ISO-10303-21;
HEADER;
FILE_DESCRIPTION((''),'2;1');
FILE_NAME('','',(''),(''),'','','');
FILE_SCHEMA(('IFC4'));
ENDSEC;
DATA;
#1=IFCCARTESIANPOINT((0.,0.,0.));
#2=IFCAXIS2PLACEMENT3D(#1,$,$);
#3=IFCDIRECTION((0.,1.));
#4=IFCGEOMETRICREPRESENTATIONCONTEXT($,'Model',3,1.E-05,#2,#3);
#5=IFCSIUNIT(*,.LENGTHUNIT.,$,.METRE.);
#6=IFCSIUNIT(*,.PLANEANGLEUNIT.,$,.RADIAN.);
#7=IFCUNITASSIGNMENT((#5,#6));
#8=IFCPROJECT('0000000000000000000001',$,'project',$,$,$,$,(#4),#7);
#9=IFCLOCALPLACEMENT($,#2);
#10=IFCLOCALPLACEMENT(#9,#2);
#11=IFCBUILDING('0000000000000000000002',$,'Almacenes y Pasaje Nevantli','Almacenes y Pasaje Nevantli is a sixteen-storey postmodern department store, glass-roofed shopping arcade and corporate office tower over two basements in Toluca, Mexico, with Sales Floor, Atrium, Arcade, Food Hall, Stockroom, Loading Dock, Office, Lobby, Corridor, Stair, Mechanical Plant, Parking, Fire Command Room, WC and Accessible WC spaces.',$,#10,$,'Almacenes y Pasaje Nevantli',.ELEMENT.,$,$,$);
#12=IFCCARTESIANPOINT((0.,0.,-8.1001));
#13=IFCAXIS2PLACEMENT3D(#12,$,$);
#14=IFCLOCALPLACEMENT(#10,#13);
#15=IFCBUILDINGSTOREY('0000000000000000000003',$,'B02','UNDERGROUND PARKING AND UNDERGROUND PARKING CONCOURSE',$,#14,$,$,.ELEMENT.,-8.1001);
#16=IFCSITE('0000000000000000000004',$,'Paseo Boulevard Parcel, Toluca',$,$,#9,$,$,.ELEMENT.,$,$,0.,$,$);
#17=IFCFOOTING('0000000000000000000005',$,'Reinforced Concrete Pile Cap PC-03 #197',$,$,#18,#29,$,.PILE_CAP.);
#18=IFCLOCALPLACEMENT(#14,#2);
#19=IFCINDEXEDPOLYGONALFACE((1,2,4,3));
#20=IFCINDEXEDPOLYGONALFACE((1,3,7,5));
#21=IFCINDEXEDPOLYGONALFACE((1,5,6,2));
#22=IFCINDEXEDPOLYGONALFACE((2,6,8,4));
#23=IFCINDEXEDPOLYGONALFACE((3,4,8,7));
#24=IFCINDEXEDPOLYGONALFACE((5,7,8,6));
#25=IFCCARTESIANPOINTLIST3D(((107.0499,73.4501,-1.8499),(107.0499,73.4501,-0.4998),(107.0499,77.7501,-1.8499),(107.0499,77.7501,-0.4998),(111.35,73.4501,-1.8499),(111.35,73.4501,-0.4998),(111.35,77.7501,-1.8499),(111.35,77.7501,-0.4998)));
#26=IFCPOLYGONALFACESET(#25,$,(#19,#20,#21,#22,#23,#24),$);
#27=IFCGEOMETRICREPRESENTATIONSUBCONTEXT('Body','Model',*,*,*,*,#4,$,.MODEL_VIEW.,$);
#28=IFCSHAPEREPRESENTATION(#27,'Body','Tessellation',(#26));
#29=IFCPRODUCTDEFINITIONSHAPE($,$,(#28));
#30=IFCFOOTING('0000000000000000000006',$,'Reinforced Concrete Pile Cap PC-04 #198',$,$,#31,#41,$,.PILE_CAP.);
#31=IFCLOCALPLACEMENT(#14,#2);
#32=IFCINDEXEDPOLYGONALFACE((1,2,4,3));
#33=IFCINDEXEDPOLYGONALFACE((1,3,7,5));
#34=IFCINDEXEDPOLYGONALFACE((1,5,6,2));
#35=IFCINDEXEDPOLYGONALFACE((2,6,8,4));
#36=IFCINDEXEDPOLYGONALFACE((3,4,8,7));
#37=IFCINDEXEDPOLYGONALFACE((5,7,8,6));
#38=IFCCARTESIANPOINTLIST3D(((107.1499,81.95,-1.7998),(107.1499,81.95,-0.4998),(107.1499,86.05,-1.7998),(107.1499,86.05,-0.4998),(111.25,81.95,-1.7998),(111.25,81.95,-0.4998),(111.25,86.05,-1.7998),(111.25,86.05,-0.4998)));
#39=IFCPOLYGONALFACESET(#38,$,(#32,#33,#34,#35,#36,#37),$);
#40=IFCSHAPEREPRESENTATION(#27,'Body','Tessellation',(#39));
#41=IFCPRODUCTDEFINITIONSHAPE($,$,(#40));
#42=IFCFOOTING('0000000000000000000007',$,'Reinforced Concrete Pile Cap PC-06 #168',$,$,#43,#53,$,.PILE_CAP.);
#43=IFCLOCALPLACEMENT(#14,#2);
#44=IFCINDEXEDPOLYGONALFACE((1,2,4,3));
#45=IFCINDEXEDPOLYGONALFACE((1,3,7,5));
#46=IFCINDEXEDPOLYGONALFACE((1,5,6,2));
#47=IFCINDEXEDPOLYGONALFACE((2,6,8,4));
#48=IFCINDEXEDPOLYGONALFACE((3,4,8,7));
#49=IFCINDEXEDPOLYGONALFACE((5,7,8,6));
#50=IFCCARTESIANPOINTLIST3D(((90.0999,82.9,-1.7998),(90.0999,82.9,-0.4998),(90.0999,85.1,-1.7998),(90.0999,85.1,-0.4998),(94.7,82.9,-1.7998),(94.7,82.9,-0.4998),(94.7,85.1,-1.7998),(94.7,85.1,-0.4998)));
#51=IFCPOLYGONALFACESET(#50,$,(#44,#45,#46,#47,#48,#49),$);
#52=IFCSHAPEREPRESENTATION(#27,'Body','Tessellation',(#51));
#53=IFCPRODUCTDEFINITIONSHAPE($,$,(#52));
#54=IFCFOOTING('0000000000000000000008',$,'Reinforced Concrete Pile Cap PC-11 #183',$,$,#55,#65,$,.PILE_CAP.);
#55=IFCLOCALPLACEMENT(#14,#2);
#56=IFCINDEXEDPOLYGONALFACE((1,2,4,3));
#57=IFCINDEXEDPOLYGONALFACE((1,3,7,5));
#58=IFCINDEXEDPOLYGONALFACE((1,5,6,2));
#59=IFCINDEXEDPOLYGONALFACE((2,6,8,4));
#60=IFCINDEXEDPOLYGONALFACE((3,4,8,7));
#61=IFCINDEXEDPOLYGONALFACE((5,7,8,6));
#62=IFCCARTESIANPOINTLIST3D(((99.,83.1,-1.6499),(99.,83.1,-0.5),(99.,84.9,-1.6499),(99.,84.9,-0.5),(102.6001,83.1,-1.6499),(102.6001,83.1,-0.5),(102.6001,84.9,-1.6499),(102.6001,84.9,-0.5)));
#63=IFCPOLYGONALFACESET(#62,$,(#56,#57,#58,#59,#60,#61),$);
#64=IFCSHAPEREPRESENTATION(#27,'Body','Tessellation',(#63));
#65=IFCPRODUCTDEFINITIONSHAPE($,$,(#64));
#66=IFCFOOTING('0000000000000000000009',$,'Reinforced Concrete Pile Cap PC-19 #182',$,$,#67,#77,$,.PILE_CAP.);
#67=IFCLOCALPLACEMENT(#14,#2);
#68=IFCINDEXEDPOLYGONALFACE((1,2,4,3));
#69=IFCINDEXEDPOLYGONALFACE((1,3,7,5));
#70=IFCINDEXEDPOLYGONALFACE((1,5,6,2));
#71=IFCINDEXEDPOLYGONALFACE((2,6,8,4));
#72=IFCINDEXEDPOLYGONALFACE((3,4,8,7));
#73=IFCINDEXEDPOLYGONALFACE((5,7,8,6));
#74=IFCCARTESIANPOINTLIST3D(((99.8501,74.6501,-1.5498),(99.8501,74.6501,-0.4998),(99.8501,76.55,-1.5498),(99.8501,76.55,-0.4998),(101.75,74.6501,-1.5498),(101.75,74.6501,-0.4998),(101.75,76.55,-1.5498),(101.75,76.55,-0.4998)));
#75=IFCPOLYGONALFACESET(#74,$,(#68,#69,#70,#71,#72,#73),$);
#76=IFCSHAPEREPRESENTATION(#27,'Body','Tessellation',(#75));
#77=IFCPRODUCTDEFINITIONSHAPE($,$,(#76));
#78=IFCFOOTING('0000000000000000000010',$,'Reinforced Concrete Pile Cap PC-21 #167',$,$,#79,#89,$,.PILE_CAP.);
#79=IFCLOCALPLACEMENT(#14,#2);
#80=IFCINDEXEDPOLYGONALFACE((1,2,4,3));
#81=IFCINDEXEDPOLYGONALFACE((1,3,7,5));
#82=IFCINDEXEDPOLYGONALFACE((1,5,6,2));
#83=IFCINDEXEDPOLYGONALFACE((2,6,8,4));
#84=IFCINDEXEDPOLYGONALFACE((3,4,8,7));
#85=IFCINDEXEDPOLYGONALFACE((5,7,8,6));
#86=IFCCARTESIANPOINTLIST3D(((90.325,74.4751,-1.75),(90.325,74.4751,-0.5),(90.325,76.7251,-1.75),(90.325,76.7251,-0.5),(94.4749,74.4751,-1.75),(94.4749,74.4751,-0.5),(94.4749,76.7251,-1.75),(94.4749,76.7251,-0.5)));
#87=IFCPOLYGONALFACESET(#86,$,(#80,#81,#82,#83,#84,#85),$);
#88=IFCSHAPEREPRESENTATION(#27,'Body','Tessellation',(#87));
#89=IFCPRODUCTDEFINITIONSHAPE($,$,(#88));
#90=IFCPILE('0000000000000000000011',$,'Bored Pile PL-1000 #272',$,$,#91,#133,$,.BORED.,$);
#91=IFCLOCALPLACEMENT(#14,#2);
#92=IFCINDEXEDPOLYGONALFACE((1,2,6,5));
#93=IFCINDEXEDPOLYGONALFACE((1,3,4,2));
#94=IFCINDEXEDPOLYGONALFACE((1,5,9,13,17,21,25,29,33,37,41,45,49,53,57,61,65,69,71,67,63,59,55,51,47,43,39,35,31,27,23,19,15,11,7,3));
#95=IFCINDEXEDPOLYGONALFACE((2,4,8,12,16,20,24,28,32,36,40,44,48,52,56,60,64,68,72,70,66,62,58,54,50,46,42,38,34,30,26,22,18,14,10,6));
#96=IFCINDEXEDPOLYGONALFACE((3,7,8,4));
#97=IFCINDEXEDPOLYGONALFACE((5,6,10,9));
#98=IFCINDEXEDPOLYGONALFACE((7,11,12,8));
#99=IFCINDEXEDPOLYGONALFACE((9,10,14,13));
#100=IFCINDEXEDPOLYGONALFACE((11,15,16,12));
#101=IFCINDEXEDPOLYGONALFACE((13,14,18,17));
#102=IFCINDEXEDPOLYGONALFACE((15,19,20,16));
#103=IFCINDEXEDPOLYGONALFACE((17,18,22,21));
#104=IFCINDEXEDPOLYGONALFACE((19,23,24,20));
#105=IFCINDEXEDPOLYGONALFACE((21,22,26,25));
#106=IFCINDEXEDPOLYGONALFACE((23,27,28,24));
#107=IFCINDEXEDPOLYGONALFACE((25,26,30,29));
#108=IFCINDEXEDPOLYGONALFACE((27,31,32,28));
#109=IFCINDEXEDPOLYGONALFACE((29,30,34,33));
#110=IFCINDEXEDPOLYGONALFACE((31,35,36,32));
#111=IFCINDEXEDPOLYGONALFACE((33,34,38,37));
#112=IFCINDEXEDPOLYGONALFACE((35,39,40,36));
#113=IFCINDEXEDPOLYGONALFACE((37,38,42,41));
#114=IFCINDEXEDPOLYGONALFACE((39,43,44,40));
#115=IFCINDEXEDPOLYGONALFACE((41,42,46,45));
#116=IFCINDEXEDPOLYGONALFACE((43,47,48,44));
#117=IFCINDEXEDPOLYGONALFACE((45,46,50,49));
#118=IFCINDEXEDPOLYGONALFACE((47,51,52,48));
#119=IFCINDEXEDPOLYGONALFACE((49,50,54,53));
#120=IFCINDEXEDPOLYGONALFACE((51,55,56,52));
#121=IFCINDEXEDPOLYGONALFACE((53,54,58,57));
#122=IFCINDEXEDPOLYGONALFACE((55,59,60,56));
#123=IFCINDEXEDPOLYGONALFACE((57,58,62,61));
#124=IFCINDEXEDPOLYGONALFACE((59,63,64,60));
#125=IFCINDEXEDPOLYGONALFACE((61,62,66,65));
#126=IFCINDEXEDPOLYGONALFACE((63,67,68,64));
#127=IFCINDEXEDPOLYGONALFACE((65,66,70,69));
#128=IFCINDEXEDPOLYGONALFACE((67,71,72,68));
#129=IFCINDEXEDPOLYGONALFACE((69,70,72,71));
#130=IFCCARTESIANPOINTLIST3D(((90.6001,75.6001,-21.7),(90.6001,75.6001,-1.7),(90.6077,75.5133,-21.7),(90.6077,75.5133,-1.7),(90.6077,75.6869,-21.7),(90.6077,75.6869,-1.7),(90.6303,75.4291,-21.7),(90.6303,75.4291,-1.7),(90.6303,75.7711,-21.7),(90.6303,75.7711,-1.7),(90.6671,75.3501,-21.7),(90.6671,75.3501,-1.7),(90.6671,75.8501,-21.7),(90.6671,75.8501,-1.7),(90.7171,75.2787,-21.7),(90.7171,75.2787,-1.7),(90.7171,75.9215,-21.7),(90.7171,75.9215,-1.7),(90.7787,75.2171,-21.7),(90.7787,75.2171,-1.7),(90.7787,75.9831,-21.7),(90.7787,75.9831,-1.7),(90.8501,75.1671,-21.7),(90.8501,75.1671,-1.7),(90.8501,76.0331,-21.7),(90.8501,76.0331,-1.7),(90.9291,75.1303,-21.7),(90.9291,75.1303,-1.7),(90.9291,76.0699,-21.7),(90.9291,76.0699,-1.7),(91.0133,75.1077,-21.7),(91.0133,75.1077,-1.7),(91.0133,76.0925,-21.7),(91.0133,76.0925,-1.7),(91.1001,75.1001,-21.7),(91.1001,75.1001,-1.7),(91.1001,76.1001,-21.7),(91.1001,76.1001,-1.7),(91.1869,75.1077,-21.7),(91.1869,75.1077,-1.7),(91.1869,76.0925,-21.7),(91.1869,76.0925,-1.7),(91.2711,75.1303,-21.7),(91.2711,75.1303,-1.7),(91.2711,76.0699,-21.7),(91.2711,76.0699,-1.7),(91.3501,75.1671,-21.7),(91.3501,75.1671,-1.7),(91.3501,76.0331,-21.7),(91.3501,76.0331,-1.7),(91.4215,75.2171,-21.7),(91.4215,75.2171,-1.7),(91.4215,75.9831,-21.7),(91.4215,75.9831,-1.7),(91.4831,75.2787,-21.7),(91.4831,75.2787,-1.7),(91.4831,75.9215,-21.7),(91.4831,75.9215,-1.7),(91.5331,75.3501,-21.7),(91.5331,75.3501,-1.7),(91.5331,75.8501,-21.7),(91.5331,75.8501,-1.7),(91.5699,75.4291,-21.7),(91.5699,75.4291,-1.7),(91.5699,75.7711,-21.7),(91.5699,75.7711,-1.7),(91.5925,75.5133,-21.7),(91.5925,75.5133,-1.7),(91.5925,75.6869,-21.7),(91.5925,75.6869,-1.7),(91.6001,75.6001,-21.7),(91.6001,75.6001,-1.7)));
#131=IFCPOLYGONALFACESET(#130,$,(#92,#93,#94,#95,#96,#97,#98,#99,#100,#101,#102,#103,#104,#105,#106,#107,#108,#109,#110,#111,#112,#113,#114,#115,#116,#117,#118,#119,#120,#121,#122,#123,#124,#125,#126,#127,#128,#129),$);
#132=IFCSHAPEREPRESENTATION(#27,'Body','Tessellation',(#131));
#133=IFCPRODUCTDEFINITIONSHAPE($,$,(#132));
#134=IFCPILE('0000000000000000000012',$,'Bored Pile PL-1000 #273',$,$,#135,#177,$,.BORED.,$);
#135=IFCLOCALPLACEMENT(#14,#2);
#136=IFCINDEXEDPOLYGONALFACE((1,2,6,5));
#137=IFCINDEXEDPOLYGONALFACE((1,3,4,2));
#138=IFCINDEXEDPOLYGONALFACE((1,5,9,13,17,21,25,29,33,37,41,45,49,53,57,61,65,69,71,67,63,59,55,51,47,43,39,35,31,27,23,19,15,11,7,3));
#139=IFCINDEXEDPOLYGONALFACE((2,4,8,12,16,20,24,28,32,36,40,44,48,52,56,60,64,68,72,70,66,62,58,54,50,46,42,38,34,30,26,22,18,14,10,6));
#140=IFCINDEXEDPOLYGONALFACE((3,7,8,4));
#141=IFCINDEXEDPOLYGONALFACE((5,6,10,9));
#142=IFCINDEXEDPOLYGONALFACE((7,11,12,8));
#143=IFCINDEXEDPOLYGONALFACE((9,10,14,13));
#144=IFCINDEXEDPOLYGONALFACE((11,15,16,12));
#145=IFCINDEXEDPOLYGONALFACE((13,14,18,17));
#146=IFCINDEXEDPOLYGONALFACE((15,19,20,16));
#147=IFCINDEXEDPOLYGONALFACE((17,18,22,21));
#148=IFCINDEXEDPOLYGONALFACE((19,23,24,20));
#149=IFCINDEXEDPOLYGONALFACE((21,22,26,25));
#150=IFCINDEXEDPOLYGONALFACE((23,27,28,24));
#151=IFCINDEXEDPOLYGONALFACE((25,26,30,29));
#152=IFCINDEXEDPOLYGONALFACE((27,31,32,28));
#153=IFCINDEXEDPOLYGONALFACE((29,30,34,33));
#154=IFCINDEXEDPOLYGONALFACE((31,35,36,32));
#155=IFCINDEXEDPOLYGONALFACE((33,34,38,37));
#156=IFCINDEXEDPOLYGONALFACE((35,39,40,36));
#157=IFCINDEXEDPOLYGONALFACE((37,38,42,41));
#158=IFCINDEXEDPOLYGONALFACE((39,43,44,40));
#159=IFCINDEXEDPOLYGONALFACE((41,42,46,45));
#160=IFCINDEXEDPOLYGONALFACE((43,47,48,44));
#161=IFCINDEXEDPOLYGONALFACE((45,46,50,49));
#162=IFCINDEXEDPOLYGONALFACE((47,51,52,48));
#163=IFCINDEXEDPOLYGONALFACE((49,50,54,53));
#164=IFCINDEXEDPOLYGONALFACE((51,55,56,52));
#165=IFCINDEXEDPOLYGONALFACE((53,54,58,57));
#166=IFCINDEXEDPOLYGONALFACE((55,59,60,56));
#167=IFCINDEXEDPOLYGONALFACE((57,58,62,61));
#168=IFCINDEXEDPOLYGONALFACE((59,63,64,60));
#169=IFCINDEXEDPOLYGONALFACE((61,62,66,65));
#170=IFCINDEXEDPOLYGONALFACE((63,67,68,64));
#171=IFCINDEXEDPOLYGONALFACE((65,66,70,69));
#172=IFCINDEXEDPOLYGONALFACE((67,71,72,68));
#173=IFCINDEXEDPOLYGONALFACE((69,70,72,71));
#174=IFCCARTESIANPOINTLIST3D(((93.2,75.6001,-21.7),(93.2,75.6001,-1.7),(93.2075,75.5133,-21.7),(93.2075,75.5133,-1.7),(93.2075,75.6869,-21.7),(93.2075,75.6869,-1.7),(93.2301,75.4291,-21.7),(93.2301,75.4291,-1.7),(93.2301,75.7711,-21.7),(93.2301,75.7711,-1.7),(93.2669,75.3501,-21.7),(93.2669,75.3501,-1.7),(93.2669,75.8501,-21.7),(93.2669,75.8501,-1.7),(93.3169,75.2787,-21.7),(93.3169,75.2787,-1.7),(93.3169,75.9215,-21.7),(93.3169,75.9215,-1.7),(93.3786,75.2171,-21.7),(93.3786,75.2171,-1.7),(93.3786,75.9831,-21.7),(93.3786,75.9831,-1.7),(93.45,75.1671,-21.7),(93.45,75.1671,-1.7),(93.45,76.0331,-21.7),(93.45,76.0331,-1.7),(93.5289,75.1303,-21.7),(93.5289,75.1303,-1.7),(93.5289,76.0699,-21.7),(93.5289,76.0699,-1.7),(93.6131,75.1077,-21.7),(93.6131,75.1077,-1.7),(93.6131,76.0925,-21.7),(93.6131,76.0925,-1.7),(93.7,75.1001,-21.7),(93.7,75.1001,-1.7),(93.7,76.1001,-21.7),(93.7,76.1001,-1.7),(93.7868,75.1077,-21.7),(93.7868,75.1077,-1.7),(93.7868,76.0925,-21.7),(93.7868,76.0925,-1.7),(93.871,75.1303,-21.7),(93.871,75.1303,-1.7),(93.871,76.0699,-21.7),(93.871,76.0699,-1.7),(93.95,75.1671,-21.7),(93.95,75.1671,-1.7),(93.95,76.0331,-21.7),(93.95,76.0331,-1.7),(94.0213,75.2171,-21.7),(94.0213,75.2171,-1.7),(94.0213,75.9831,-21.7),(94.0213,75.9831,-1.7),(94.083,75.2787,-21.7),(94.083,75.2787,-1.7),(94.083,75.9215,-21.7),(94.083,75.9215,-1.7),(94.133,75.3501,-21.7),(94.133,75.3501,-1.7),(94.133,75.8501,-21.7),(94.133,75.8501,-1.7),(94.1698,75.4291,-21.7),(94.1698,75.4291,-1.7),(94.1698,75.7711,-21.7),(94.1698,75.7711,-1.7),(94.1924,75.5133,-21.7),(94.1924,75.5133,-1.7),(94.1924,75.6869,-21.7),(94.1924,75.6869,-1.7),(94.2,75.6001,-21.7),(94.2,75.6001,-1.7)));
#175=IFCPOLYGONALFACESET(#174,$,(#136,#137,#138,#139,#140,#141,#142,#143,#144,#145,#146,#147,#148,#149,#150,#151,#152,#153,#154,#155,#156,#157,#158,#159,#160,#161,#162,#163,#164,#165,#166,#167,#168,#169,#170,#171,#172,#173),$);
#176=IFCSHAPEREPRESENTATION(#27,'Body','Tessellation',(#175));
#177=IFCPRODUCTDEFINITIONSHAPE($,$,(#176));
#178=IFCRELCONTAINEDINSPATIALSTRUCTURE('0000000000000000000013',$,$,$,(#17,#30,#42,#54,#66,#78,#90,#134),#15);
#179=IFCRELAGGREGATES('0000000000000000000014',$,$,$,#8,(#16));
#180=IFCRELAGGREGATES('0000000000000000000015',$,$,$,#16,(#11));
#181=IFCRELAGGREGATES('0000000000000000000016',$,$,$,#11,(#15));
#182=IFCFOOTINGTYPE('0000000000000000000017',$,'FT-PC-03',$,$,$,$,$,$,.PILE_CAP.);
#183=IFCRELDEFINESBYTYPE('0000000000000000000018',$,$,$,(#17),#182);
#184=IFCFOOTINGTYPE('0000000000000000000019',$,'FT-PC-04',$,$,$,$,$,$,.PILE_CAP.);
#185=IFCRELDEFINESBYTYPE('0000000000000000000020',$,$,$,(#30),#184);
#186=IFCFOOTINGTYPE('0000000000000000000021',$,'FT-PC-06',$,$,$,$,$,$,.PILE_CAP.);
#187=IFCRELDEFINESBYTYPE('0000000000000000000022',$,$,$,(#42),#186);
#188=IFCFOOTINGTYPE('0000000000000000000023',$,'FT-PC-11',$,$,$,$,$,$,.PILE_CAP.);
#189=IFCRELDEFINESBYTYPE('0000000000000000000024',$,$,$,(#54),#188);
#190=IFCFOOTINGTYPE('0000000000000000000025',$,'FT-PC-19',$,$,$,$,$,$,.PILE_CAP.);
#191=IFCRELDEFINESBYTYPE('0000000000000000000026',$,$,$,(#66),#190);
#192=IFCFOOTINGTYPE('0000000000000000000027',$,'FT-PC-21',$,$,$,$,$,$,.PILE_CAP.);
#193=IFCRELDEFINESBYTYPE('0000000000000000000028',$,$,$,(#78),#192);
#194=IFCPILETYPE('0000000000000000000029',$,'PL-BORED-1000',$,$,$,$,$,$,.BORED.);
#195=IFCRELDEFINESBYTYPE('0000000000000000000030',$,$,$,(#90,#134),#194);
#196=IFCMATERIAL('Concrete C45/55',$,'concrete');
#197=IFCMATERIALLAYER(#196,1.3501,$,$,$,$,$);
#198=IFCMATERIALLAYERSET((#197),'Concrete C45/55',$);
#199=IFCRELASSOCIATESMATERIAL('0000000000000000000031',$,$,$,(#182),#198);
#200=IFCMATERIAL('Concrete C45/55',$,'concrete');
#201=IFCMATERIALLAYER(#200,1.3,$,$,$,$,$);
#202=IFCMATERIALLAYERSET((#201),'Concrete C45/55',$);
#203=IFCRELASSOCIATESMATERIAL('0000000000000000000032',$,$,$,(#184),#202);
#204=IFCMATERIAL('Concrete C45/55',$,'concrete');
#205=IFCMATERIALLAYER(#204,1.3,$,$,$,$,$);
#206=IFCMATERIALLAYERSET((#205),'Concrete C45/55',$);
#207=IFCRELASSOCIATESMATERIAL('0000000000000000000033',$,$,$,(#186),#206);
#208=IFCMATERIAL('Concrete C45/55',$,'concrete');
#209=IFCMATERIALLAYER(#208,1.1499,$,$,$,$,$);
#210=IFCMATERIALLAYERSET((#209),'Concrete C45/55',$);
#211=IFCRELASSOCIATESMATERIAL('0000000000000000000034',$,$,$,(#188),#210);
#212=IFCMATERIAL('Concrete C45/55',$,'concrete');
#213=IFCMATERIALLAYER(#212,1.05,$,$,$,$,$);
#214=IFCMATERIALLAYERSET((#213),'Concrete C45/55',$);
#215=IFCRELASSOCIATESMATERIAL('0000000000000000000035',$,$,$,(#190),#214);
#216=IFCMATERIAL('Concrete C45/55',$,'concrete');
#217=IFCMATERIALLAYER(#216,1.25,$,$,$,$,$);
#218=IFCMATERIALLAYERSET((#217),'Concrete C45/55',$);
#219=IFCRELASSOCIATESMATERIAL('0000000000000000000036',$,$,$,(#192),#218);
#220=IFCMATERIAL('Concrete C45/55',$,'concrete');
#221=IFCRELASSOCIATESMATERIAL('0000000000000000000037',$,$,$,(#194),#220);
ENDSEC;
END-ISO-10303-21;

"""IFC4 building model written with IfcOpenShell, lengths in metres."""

from ifc_helpers import new_model, si_unit, direction, frame, origin, origin_2d, place, context, subcontext, project, spatial, rectangle, circle, extrude, material, layer, layer_set, material_profile, profile_set, type_object, element, save


model = new_model("IFC4")

# Units and contexts
model_context = context("Model", 3, precision=1e-05, world=origin(), true_north=direction((0.0, 1.0)))
body_context = subcontext(model_context, "Body", "Model", "MODEL_VIEW")
ifc_project = project(units=[si_unit("LENGTHUNIT", "METRE"), si_unit("PLANEANGLEUNIT", "RADIAN")], contexts=[model_context])

# Site, building, storey
site_placement = place(None, origin())
site = spatial("IfcSite", under=ifc_project, at=site_placement, Name="Paseo Boulevard Parcel, Toluca", CompositionType="ELEMENT", RefElevation=0.0)
building_placement = place(site_placement, origin())
building = spatial("IfcBuilding", under=site, at=building_placement, Name="Almacenes y Pasaje Nevantli", Description="Almacenes y Pasaje Nevantli is a sixteen-storey postmodern department store, glass-roofed shopping arcade and corporate office tower over two basements in Toluca, Mexico, with Sales Floor, Atrium, Arcade, Food Hall, Stockroom, Loading Dock, Office, Lobby, Corridor, Stair, Mechanical Plant, Parking, Fire Command Room, WC and Accessible WC spaces.", LongName="Almacenes y Pasaje Nevantli", CompositionType="ELEMENT")
storey_placement = place(building_placement, frame((0.0, 0.0, -8.1001)))
storey = spatial("IfcBuildingStorey", under=building, at=storey_placement, Name="B02", Description="UNDERGROUND PARKING AND UNDERGROUND PARKING CONCOURSE", CompositionType="ELEMENT", Elevation=-8.1001)

# Footings
ifc_material_1 = material(Name="Concrete C45/55", Category="concrete")
ifc_layer_1 = layer(ifc_material_1, 1.3501)
ifc_layer_set_1 = layer_set([ifc_layer_1], Name="Concrete C45/55")
footing_type_1 = type_object("IfcFootingType", Name="FT-PC-03", PredefinedType="PILE_CAP", material=ifc_layer_set_1)
footing_1_placement = place(storey_placement, frame((109.2, 75.6001, -1.8499), z_axis=(0.0, 0.0, 1.0), x_axis=(1.0, 0.0, 0.0)))
element("IfcFooting", 1, at=footing_1_placement, inside=storey, type_object=footing_type_1, Name="Reinforced Concrete Pile Cap PC-03 #197", PredefinedType="PILE_CAP", context=body_context, shape_type="SweptSolid", body=[
    extrude(rectangle(XDim=4.3, YDim=4.3, at=origin_2d()), origin(), (0.0, 0.0, 1.0), 1.3501),
])
ifc_material_2 = material(Name="Concrete C45/55", Category="concrete")
ifc_layer_2 = layer(ifc_material_2, 1.3)
ifc_layer_set_2 = layer_set([ifc_layer_2], Name="Concrete C45/55")
footing_type_2 = type_object("IfcFootingType", Name="FT-PC-04", PredefinedType="PILE_CAP", material=ifc_layer_set_2)
footing_2_placement = place(storey_placement, frame((109.2, 84.0, -1.7998), z_axis=(0.0, 0.0, 1.0), x_axis=(1.0, 0.0, 0.0)))
element("IfcFooting", 2, at=footing_2_placement, inside=storey, type_object=footing_type_2, Name="Reinforced Concrete Pile Cap PC-04 #198", PredefinedType="PILE_CAP", context=body_context, shape_type="SweptSolid", body=[
    extrude(rectangle(XDim=4.1001, YDim=4.1001, at=origin_2d()), origin(), (0.0, 0.0, 1.0), 1.3),
])
ifc_material_3 = material(Name="Concrete C45/55", Category="concrete")
ifc_layer_3 = layer(ifc_material_3, 1.3)
ifc_layer_set_3 = layer_set([ifc_layer_3], Name="Concrete C45/55")
footing_type_3 = type_object("IfcFootingType", Name="FT-PC-06", PredefinedType="PILE_CAP", material=ifc_layer_set_3)
footing_3_placement = place(storey_placement, frame((92.3999, 84.0, -1.7998), z_axis=(0.0, 0.0, 1.0), x_axis=(1.0, 0.0, 0.0)))
element("IfcFooting", 3, at=footing_3_placement, inside=storey, type_object=footing_type_3, Name="Reinforced Concrete Pile Cap PC-06 #168", PredefinedType="PILE_CAP", context=body_context, shape_type="SweptSolid", body=[
    extrude(rectangle(XDim=4.6001, YDim=2.2, at=origin_2d()), origin(), (0.0, 0.0, 1.0), 1.3),
])
ifc_material_4 = material(Name="Concrete C45/55", Category="concrete")
ifc_layer_4 = layer(ifc_material_4, 1.1499)
ifc_layer_set_4 = layer_set([ifc_layer_4], Name="Concrete C45/55")
footing_type_4 = type_object("IfcFootingType", Name="FT-PC-11", PredefinedType="PILE_CAP", material=ifc_layer_set_4)
footing_4_placement = place(storey_placement, frame((100.8, 84.0, -1.6499), z_axis=(0.0, 0.0, 1.0), x_axis=(1.0, 0.0, 0.0)))
element("IfcFooting", 4, at=footing_4_placement, inside=storey, type_object=footing_type_4, Name="Reinforced Concrete Pile Cap PC-11 #183", PredefinedType="PILE_CAP", context=body_context, shape_type="SweptSolid", body=[
    extrude(rectangle(XDim=3.6001, YDim=1.8, at=origin_2d()), origin(), (0.0, 0.0, 1.0), 1.1499),
])
ifc_material_5 = material(Name="Concrete C45/55", Category="concrete")
ifc_layer_5 = layer(ifc_material_5, 1.05)
ifc_layer_set_5 = layer_set([ifc_layer_5], Name="Concrete C45/55")
footing_type_5 = type_object("IfcFootingType", Name="FT-PC-19", PredefinedType="PILE_CAP", material=ifc_layer_set_5)
footing_5_placement = place(storey_placement, frame((100.8, 75.6001, -1.5498), z_axis=(0.0, 0.0, 1.0), x_axis=(1.0, 0.0, 0.0)))
element("IfcFooting", 5, at=footing_5_placement, inside=storey, type_object=footing_type_5, Name="Reinforced Concrete Pile Cap PC-19 #182", PredefinedType="PILE_CAP", context=body_context, shape_type="SweptSolid", body=[
    extrude(rectangle(XDim=1.8999, YDim=1.8999, at=origin_2d()), origin(), (0.0, 0.0, 1.0), 1.05),
])
ifc_material_6 = material(Name="Concrete C45/55", Category="concrete")
ifc_layer_6 = layer(ifc_material_6, 1.25)
ifc_layer_set_6 = layer_set([ifc_layer_6], Name="Concrete C45/55")
footing_type_6 = type_object("IfcFootingType", Name="FT-PC-21", PredefinedType="PILE_CAP", material=ifc_layer_set_6)
footing_6_placement = place(storey_placement, frame((92.3999, 75.6001, -1.75), z_axis=(0.0, 0.0, 1.0), x_axis=(1.0, 0.0, 0.0)))
element("IfcFooting", 6, at=footing_6_placement, inside=storey, type_object=footing_type_6, Name="Reinforced Concrete Pile Cap PC-21 #167", PredefinedType="PILE_CAP", context=body_context, shape_type="SweptSolid", body=[
    extrude(rectangle(XDim=4.1499, YDim=2.25, at=origin_2d()), origin(), (0.0, 0.0, 1.0), 1.25),
])

# Piles
ifc_material_7 = material(Name="Concrete C45/55", Category="concrete")
ifc_material_profile_1 = material_profile(ifc_material_7, circle(Radius=0.5, at=origin_2d()), Name="RC-PILE-D1000")
ifc_profile_set_1 = profile_set([ifc_material_profile_1], Name="Concrete C45/55")
pile_type_1 = type_object("IfcPileType", Name="PL-BORED-1000", PredefinedType="BORED", material=ifc_profile_set_1)
for number, where, z_axis, x_axis, name in (
    (7, (91.1001, 75.6001, -1.7), (0.0, 0.0, -1.0), (1.0, 0.0, 0.0), "Bored Pile PL-1000 #272"),
    (8, (93.7, 75.6001, -1.7), (0.0, 0.0, -1.0), (1.0, 0.0, 0.0), "Bored Pile PL-1000 #273"),
):
    element("IfcPile", number, at=place(storey_placement, frame(where, z_axis=z_axis, x_axis=x_axis)), inside=storey, type_object=pile_type_1, Name=name, PredefinedType="BORED", context=body_context, shape_type="SweptSolid", body=[
        extrude(circle(Radius=0.5, at=origin_2d()), origin(), (0.0, 0.0, 1.0), 20.0),
    ])

save(model, "model.ifc")
